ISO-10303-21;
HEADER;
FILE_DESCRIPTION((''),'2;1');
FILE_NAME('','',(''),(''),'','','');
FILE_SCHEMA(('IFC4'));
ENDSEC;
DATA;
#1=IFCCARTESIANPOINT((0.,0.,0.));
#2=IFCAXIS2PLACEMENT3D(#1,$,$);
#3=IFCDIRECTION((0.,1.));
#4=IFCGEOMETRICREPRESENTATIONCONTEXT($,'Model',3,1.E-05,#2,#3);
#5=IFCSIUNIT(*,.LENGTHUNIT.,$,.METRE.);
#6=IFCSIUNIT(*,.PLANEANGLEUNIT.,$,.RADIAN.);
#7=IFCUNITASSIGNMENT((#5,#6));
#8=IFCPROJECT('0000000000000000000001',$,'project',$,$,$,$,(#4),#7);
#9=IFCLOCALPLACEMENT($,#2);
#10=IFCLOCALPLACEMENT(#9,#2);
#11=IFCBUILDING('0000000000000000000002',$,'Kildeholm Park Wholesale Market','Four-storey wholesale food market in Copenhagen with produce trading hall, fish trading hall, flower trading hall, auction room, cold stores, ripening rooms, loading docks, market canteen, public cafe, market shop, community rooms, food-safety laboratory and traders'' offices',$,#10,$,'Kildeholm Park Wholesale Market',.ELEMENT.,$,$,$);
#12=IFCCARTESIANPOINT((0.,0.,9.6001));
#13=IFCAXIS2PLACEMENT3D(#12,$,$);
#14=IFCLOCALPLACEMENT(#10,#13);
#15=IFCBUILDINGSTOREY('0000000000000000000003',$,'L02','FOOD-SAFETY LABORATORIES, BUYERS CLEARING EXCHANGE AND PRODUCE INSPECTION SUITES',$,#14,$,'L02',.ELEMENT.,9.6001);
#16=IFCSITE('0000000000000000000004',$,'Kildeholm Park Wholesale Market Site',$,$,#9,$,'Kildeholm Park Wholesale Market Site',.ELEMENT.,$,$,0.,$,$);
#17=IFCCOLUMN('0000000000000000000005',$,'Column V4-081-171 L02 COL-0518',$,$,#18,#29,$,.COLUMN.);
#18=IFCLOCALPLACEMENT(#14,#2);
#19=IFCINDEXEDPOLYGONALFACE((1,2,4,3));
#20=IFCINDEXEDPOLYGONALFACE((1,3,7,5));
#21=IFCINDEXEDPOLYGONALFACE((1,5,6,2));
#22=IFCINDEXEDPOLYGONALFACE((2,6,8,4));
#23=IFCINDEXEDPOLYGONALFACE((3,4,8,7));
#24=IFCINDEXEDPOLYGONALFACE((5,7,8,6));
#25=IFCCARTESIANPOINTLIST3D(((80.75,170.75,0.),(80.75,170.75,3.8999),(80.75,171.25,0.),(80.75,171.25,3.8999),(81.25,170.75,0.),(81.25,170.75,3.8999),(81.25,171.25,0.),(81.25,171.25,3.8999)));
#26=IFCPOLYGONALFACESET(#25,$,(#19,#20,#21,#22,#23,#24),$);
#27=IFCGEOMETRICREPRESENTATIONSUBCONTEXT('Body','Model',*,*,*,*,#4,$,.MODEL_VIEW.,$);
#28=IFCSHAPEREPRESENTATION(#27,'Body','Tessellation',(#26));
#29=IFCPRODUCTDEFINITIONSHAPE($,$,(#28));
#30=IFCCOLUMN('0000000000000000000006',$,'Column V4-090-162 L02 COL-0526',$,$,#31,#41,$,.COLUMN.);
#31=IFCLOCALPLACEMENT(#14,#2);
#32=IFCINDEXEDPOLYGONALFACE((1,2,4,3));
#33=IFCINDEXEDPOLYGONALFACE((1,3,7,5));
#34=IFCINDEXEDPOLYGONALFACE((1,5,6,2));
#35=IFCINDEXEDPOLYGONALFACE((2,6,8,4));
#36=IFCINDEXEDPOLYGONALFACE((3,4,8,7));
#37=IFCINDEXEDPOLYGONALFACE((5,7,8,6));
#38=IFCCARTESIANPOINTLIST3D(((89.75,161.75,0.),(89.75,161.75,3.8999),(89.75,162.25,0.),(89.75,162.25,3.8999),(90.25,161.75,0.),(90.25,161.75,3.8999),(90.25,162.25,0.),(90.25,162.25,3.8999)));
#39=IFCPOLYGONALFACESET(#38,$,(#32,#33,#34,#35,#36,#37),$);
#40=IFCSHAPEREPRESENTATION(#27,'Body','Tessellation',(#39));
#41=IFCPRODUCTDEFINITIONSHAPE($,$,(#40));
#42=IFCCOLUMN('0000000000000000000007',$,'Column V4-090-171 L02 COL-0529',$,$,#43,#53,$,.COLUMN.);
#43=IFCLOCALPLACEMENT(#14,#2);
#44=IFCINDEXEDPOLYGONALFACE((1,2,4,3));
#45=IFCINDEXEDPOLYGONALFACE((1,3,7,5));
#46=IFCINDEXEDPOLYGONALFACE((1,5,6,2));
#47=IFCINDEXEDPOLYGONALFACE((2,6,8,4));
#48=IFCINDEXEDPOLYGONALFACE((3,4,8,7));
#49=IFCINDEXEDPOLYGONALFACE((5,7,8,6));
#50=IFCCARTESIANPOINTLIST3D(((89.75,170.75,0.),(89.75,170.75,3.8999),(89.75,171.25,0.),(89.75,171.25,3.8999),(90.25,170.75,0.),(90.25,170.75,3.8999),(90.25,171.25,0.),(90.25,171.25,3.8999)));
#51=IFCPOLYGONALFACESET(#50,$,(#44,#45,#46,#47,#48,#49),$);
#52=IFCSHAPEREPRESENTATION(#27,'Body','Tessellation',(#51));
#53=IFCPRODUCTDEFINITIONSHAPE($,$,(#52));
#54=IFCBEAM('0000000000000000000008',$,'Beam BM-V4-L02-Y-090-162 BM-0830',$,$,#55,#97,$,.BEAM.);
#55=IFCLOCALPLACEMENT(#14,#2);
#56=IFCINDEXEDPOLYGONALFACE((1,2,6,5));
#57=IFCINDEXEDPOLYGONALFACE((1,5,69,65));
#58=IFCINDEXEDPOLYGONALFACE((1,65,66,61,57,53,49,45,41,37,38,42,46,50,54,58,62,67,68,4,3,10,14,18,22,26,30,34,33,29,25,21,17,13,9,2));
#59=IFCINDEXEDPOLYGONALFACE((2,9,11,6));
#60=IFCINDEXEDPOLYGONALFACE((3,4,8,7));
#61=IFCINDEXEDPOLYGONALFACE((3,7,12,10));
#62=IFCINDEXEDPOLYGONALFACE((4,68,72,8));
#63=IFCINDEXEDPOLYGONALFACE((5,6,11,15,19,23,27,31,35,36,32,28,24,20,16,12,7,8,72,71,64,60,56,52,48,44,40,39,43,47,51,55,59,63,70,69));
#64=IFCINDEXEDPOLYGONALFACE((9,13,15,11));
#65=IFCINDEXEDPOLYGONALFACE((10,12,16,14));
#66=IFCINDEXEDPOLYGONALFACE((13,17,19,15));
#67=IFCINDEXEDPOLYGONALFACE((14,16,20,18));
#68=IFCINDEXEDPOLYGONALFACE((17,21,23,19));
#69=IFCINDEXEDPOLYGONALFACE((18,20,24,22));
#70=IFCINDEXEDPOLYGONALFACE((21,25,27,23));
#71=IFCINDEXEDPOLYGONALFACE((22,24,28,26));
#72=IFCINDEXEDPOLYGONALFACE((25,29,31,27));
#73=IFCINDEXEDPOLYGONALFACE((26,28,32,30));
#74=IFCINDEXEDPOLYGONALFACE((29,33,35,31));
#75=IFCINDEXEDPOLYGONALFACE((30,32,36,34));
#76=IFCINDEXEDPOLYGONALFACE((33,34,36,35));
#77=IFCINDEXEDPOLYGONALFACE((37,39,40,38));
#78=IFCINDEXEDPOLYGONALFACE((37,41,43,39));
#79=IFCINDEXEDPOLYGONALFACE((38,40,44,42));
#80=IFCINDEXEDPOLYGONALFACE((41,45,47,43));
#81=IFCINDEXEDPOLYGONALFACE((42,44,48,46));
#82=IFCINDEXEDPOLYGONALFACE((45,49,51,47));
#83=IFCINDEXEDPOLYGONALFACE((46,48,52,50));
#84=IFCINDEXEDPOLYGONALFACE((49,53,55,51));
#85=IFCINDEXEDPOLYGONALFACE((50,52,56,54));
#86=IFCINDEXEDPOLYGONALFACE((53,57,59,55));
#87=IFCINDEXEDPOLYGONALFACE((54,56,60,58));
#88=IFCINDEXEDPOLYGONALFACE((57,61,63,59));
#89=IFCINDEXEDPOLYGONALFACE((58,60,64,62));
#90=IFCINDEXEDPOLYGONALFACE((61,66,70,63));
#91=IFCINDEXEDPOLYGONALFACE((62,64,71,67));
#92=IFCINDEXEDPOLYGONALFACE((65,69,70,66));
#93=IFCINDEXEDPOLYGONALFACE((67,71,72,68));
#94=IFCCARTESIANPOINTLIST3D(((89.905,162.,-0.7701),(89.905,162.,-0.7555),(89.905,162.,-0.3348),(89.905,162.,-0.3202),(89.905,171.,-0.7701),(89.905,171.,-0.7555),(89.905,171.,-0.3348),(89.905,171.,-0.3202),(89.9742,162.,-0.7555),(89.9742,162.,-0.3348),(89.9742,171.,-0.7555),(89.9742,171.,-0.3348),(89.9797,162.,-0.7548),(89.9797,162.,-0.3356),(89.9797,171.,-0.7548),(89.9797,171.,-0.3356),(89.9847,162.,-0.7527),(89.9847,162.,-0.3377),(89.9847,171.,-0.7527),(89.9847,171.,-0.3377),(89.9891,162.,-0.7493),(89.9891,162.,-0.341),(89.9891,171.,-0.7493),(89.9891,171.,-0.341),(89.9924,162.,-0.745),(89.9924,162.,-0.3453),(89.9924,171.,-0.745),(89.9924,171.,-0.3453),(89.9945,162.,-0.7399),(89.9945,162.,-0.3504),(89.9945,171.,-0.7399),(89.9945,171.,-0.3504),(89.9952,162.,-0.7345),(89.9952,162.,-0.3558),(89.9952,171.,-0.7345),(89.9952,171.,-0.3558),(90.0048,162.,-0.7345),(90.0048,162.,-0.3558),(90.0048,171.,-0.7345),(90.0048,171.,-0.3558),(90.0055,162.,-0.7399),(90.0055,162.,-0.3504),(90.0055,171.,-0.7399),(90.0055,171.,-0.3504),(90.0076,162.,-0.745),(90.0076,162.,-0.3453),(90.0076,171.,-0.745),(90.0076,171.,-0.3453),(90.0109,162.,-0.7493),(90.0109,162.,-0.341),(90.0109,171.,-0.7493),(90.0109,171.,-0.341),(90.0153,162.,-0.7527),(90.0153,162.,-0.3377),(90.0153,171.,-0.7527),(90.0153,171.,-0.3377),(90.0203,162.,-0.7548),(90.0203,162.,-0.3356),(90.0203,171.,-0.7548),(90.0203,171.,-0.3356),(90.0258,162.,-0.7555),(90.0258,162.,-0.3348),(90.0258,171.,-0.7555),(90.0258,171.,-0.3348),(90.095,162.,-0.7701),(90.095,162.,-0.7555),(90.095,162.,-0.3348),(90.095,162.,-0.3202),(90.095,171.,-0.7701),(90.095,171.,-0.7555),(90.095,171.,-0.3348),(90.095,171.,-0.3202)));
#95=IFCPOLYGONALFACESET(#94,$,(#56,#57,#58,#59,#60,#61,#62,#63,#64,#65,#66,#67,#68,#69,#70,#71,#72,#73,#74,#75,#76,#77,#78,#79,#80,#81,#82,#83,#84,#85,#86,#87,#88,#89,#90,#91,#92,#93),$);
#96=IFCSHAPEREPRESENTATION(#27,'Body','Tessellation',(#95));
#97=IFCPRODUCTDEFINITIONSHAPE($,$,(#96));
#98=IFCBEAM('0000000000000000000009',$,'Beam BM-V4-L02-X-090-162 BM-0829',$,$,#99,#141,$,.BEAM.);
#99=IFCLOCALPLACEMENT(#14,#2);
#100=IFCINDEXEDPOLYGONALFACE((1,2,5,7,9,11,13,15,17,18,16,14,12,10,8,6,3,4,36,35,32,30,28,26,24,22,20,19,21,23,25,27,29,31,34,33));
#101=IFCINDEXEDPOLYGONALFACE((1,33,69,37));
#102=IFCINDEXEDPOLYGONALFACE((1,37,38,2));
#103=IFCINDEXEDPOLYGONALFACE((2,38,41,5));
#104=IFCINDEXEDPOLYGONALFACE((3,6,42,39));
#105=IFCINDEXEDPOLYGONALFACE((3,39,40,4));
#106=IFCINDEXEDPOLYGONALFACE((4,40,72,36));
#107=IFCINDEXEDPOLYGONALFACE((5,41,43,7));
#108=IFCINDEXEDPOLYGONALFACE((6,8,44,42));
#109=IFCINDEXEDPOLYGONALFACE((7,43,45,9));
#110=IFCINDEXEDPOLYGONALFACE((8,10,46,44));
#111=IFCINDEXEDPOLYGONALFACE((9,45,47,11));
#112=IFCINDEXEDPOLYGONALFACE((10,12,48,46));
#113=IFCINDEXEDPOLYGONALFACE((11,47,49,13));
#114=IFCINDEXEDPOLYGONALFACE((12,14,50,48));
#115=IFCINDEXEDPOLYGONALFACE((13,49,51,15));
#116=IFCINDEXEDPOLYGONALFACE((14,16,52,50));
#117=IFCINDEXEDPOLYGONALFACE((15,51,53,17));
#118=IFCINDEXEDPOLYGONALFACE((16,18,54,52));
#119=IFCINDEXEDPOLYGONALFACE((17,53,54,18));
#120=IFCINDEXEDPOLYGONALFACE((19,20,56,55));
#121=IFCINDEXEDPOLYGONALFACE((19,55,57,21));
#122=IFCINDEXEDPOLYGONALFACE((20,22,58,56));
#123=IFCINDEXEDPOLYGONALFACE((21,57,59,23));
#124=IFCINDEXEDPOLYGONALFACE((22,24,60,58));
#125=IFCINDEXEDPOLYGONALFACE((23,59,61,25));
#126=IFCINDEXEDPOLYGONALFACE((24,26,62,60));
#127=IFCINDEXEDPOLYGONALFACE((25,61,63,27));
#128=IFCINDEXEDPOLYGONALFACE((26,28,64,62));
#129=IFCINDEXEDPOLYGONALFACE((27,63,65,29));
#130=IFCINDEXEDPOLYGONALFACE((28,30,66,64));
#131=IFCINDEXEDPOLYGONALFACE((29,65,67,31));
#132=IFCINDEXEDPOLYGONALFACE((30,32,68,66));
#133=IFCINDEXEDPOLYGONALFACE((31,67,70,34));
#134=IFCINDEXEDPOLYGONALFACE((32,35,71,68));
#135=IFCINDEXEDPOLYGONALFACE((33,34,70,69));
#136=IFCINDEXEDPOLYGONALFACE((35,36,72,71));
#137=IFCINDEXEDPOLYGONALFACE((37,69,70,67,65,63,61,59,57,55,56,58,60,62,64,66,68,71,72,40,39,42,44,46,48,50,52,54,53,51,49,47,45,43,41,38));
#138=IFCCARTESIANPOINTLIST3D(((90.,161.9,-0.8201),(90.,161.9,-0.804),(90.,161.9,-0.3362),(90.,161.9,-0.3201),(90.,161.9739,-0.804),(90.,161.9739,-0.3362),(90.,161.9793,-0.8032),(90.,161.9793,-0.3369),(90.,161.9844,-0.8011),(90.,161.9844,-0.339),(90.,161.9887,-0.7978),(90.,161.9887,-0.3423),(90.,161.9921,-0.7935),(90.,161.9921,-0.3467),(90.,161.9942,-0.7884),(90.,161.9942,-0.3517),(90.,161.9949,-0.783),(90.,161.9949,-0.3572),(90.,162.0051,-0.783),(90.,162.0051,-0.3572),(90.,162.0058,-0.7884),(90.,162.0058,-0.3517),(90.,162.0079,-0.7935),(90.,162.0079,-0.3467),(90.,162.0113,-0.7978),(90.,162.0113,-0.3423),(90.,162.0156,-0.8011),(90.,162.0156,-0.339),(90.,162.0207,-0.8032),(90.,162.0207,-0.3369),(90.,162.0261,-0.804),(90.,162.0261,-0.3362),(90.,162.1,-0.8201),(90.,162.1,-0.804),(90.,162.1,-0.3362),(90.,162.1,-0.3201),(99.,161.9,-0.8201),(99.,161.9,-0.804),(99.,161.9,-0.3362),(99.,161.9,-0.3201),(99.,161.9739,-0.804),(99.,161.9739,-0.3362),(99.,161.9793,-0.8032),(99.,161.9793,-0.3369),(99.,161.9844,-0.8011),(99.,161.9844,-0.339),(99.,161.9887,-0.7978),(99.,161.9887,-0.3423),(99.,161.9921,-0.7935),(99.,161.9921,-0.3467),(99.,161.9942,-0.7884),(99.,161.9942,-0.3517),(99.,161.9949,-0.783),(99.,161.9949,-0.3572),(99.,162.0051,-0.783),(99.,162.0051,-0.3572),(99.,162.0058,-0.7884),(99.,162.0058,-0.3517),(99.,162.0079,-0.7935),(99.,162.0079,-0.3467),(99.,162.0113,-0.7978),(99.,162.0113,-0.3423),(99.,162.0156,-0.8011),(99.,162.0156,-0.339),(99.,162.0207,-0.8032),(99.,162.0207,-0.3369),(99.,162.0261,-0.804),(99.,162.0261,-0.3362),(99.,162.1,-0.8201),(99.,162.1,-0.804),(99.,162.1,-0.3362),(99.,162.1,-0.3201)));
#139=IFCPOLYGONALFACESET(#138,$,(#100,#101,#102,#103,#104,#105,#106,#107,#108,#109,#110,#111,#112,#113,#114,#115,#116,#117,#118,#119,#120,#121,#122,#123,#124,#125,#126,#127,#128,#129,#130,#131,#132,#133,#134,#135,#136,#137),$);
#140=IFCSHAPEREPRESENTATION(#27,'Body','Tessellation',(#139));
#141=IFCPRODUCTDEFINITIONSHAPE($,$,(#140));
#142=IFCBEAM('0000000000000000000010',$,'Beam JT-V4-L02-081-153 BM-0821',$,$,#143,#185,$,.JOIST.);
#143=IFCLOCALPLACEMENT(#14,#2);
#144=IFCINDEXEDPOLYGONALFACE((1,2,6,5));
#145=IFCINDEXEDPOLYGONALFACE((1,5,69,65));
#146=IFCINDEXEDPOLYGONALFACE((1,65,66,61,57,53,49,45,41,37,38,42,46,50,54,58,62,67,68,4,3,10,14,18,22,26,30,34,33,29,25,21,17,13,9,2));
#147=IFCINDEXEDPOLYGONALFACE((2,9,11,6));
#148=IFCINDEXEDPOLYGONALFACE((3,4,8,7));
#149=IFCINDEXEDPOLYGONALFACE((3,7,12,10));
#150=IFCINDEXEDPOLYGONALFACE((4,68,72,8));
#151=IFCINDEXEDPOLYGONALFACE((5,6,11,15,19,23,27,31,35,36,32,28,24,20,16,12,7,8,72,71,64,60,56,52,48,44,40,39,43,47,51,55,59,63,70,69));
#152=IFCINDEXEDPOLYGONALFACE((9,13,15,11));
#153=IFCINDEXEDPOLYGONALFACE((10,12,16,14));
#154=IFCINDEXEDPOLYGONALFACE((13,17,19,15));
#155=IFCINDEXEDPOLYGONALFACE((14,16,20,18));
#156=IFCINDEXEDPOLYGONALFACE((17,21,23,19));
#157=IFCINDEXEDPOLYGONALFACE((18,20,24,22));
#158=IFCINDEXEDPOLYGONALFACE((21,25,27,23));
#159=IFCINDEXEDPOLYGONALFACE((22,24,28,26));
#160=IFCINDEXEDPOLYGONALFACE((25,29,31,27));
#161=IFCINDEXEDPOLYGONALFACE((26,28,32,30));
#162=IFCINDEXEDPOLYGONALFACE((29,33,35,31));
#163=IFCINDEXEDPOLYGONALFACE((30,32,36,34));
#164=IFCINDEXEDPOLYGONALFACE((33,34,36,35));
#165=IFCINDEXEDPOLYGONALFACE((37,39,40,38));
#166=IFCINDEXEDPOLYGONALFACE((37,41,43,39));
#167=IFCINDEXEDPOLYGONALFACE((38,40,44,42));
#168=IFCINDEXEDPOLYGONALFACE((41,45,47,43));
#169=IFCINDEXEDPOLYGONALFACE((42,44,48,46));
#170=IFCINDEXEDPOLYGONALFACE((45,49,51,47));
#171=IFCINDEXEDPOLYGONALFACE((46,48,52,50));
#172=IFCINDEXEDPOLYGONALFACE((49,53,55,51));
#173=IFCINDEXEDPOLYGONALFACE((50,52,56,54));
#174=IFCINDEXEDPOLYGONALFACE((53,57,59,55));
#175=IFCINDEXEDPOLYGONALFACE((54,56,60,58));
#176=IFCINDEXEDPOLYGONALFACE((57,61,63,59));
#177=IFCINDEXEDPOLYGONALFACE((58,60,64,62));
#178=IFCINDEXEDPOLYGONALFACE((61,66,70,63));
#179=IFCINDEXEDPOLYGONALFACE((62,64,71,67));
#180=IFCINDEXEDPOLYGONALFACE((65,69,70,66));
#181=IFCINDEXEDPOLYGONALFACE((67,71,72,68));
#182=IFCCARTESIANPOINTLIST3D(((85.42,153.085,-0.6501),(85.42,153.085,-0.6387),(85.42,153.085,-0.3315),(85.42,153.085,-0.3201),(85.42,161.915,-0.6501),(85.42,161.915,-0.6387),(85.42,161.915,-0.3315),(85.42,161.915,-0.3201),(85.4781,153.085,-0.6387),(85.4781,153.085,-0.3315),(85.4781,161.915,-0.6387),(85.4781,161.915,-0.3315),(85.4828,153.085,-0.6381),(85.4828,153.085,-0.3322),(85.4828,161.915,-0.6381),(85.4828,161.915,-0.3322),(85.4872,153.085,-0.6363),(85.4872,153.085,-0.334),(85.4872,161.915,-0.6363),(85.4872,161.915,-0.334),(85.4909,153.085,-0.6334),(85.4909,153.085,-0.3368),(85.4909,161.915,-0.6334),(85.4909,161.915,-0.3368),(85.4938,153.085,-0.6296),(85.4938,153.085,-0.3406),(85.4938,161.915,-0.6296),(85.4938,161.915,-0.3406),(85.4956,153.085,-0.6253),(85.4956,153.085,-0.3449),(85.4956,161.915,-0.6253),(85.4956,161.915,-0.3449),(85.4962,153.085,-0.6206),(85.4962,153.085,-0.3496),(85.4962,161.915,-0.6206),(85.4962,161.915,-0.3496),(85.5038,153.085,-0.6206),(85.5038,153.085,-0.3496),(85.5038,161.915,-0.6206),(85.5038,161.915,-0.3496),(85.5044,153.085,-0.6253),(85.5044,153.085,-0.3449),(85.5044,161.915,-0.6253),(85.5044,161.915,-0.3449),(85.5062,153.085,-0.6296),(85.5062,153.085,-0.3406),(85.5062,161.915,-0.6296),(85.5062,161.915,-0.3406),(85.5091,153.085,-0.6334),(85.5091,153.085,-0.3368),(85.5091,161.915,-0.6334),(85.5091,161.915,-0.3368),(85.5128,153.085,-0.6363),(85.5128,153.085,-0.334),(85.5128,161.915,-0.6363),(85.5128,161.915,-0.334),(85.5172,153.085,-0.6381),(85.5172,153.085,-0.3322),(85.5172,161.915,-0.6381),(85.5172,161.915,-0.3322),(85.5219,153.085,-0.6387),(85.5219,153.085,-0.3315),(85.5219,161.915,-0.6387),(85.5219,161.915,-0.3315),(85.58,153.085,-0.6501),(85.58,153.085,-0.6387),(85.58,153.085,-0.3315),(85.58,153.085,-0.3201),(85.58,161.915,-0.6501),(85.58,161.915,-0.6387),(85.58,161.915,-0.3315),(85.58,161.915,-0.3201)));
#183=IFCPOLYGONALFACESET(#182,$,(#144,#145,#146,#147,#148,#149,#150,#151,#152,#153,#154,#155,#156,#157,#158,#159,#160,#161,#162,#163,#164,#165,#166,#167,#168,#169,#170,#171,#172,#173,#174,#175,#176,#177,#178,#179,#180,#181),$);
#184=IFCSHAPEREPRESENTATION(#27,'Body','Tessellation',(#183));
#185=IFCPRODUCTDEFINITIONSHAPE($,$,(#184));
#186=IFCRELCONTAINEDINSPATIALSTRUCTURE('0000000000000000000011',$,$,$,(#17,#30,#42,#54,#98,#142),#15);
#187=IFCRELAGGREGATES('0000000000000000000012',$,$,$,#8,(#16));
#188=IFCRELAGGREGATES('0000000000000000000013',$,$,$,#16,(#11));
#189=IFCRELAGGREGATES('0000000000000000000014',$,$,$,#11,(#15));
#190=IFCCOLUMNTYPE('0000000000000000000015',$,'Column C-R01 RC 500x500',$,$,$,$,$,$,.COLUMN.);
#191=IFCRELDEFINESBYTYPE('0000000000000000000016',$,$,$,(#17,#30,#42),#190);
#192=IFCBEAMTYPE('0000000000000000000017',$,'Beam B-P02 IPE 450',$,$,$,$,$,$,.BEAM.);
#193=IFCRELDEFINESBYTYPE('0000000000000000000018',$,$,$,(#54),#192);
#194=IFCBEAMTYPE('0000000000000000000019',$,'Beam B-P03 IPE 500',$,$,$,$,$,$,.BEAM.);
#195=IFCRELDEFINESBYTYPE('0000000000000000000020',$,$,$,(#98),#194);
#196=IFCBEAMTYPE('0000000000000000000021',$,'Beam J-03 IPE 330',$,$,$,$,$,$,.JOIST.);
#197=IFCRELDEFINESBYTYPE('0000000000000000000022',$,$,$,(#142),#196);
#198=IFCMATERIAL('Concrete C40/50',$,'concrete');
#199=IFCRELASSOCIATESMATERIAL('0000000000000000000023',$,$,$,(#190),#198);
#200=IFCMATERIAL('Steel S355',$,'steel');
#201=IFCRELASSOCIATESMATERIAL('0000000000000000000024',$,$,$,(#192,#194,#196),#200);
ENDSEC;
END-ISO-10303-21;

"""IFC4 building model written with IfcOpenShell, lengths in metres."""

from ifc_helpers import new_model, si_unit, direction, frame, origin, origin_2d, place, context, subcontext, project, spatial, rectangle, i_section, extrude, material, material_profile, profile_set, type_object, element, save


model = new_model("IFC4")

# Units and contexts
model_context = context("Model", 3, precision=1e-05, world=origin(), true_north=direction((0.0, 1.0)))
body_context = subcontext(model_context, "Body", "Model", "MODEL_VIEW")
ifc_project = project(units=[si_unit("LENGTHUNIT", "METRE"), si_unit("PLANEANGLEUNIT", "RADIAN")], contexts=[model_context])

# Site, building, storey
site_placement = place(None, origin())
site = spatial("IfcSite", under=ifc_project, at=site_placement, Name="Kildeholm Park Wholesale Market Site", LongName="Kildeholm Park Wholesale Market Site", CompositionType="ELEMENT", RefElevation=0.0)
building_placement = place(site_placement, origin())
building = spatial("IfcBuilding", under=site, at=building_placement, Name="Kildeholm Park Wholesale Market", Description="Four-storey wholesale food market in Copenhagen with produce trading hall, fish trading hall, flower trading hall, auction room, cold stores, ripening rooms, loading docks, market canteen, public cafe, market shop, community rooms, food-safety laboratory and traders' offices", LongName="Kildeholm Park Wholesale Market", CompositionType="ELEMENT")
storey_placement = place(building_placement, frame((0.0, 0.0, 9.6001)))
storey = spatial("IfcBuildingStorey", under=building, at=storey_placement, Name="L02", Description="FOOD-SAFETY LABORATORIES, BUYERS CLEARING EXCHANGE AND PRODUCE INSPECTION SUITES", LongName="L02", CompositionType="ELEMENT", Elevation=9.6001)

# Columns
ifc_material_1 = material(Name="Concrete C40/50", Category="concrete")
ifc_material_profile_1 = material_profile(ifc_material_1, rectangle(XDim=0.5, YDim=0.5, at=origin_2d()), Name="RC 500x500")
ifc_profile_set_1 = profile_set([ifc_material_profile_1], Name="Concrete C40/50")
column_type = type_object("IfcColumnType", Name="Column C-R01 RC 500x500", PredefinedType="COLUMN", material=ifc_profile_set_1)
for number, where, z_axis, x_axis, name in (
    (1, (81.0, 171.0, 0.0), (0.0, 0.0, 1.0), (1.0, 0.0, 0.0), "Column V4-081-171 L02 COL-0518"),
    (2, (90.0, 162.0, 0.0), (0.0, 0.0, 1.0), (1.0, 0.0, 0.0), "Column V4-090-162 L02 COL-0526"),
    (3, (90.0, 171.0, 0.0), (0.0, 0.0, 1.0), (1.0, 0.0, 0.0), "Column V4-090-171 L02 COL-0529"),
):
    element("IfcColumn", number, at=place(storey_placement, frame(where, z_axis=z_axis, x_axis=x_axis)), inside=storey, type_object=column_type, Name=name, PredefinedType="COLUMN", context=body_context, shape_type="SweptSolid", body=[
        extrude(rectangle(XDim=0.5, YDim=0.5, at=origin_2d()), origin(), (0.0, 0.0, 1.0), 3.8999),
    ])

# Beams
ifc_material_2 = material(Name="Steel S355", Category="steel")
ifc_material_profile_2 = material_profile(ifc_material_2, i_section(OverallWidth=0.1899, OverallDepth=0.45, WebThickness=0.0095, FlangeThickness=0.0146, FilletRadius=0.021, at=origin_2d()), Name="IPE 450")
ifc_profile_set_2 = profile_set([ifc_material_profile_2], Name="Steel S355")
beam_type_1 = type_object("IfcBeamType", Name="Beam B-P02 IPE 450", PredefinedType="BEAM", material=ifc_profile_set_2)
beam_1_placement = place(storey_placement, frame((90.0, 162.0, -0.5452), z_axis=(0.0, 1.0, 0.0), x_axis=(-1.0, 0.0, 0.0)))
element("IfcBeam", 4, at=beam_1_placement, inside=storey, type_object=beam_type_1, Name="Beam BM-V4-L02-Y-090-162 BM-0830", PredefinedType="BEAM", context=body_context, shape_type="SweptSolid", body=[
    extrude(i_section(OverallWidth=0.1899, OverallDepth=0.45, WebThickness=0.0095, FlangeThickness=0.0146, FilletRadius=0.021, at=origin_2d()), origin(), (0.0, 0.0, 1.0), 9.0),
])
ifc_material_profile_3 = material_profile(ifc_material_2, i_section(OverallWidth=0.2, OverallDepth=0.5, WebThickness=0.0103, FlangeThickness=0.0161, FilletRadius=0.021, at=origin_2d()), Name="IPE 500")
ifc_profile_set_3 = profile_set([ifc_material_profile_3], Name="Steel S355")
beam_type_2 = type_object("IfcBeamType", Name="Beam B-P03 IPE 500", PredefinedType="BEAM", material=ifc_profile_set_3)
beam_2_placement = place(storey_placement, frame((90.0, 162.0, -0.5701), z_axis=(1.0, 0.0, 0.0), x_axis=(0.0, 1.0, 0.0)))
element("IfcBeam", 5, at=beam_2_placement, inside=storey, type_object=beam_type_2, Name="Beam BM-V4-L02-X-090-162 BM-0829", PredefinedType="BEAM", context=body_context, shape_type="SweptSolid", body=[
    extrude(i_section(OverallWidth=0.2, OverallDepth=0.5, WebThickness=0.0103, FlangeThickness=0.0161, FilletRadius=0.021, at=origin_2d()), origin(), (0.0, 0.0, 1.0), 9.0),
])
ifc_material_profile_4 = material_profile(ifc_material_2, i_section(OverallWidth=0.1599, OverallDepth=0.3301, WebThickness=0.0076, FlangeThickness=0.0115, FilletRadius=0.0181, at=origin_2d()), Name="IPE 330")
ifc_profile_set_4 = profile_set([ifc_material_profile_4], Name="Steel S355")
beam_type_3 = type_object("IfcBeamType", Name="Beam J-03 IPE 330", PredefinedType="JOIST", material=ifc_profile_set_4)
for number, where, z_axis, x_axis, name in (
    (6, (85.5, 153.085, -0.4851), (0.0, 1.0, 0.0), (-1.0, 0.0, 0.0), "Beam JT-V4-L02-081-153 BM-0821"),
):
    element("IfcBeam", number, at=place(storey_placement, frame(where, z_axis=z_axis, x_axis=x_axis)), inside=storey, type_object=beam_type_3, Name=name, PredefinedType="JOIST", context=body_context, shape_type="SweptSolid", body=[
        extrude(i_section(OverallWidth=0.1599, OverallDepth=0.3301, WebThickness=0.0076, FlangeThickness=0.0115, FilletRadius=0.0181, at=origin_2d()), origin(), (0.0, 0.0, 1.0), 8.8301),
    ])

save(model, "model.ifc")
